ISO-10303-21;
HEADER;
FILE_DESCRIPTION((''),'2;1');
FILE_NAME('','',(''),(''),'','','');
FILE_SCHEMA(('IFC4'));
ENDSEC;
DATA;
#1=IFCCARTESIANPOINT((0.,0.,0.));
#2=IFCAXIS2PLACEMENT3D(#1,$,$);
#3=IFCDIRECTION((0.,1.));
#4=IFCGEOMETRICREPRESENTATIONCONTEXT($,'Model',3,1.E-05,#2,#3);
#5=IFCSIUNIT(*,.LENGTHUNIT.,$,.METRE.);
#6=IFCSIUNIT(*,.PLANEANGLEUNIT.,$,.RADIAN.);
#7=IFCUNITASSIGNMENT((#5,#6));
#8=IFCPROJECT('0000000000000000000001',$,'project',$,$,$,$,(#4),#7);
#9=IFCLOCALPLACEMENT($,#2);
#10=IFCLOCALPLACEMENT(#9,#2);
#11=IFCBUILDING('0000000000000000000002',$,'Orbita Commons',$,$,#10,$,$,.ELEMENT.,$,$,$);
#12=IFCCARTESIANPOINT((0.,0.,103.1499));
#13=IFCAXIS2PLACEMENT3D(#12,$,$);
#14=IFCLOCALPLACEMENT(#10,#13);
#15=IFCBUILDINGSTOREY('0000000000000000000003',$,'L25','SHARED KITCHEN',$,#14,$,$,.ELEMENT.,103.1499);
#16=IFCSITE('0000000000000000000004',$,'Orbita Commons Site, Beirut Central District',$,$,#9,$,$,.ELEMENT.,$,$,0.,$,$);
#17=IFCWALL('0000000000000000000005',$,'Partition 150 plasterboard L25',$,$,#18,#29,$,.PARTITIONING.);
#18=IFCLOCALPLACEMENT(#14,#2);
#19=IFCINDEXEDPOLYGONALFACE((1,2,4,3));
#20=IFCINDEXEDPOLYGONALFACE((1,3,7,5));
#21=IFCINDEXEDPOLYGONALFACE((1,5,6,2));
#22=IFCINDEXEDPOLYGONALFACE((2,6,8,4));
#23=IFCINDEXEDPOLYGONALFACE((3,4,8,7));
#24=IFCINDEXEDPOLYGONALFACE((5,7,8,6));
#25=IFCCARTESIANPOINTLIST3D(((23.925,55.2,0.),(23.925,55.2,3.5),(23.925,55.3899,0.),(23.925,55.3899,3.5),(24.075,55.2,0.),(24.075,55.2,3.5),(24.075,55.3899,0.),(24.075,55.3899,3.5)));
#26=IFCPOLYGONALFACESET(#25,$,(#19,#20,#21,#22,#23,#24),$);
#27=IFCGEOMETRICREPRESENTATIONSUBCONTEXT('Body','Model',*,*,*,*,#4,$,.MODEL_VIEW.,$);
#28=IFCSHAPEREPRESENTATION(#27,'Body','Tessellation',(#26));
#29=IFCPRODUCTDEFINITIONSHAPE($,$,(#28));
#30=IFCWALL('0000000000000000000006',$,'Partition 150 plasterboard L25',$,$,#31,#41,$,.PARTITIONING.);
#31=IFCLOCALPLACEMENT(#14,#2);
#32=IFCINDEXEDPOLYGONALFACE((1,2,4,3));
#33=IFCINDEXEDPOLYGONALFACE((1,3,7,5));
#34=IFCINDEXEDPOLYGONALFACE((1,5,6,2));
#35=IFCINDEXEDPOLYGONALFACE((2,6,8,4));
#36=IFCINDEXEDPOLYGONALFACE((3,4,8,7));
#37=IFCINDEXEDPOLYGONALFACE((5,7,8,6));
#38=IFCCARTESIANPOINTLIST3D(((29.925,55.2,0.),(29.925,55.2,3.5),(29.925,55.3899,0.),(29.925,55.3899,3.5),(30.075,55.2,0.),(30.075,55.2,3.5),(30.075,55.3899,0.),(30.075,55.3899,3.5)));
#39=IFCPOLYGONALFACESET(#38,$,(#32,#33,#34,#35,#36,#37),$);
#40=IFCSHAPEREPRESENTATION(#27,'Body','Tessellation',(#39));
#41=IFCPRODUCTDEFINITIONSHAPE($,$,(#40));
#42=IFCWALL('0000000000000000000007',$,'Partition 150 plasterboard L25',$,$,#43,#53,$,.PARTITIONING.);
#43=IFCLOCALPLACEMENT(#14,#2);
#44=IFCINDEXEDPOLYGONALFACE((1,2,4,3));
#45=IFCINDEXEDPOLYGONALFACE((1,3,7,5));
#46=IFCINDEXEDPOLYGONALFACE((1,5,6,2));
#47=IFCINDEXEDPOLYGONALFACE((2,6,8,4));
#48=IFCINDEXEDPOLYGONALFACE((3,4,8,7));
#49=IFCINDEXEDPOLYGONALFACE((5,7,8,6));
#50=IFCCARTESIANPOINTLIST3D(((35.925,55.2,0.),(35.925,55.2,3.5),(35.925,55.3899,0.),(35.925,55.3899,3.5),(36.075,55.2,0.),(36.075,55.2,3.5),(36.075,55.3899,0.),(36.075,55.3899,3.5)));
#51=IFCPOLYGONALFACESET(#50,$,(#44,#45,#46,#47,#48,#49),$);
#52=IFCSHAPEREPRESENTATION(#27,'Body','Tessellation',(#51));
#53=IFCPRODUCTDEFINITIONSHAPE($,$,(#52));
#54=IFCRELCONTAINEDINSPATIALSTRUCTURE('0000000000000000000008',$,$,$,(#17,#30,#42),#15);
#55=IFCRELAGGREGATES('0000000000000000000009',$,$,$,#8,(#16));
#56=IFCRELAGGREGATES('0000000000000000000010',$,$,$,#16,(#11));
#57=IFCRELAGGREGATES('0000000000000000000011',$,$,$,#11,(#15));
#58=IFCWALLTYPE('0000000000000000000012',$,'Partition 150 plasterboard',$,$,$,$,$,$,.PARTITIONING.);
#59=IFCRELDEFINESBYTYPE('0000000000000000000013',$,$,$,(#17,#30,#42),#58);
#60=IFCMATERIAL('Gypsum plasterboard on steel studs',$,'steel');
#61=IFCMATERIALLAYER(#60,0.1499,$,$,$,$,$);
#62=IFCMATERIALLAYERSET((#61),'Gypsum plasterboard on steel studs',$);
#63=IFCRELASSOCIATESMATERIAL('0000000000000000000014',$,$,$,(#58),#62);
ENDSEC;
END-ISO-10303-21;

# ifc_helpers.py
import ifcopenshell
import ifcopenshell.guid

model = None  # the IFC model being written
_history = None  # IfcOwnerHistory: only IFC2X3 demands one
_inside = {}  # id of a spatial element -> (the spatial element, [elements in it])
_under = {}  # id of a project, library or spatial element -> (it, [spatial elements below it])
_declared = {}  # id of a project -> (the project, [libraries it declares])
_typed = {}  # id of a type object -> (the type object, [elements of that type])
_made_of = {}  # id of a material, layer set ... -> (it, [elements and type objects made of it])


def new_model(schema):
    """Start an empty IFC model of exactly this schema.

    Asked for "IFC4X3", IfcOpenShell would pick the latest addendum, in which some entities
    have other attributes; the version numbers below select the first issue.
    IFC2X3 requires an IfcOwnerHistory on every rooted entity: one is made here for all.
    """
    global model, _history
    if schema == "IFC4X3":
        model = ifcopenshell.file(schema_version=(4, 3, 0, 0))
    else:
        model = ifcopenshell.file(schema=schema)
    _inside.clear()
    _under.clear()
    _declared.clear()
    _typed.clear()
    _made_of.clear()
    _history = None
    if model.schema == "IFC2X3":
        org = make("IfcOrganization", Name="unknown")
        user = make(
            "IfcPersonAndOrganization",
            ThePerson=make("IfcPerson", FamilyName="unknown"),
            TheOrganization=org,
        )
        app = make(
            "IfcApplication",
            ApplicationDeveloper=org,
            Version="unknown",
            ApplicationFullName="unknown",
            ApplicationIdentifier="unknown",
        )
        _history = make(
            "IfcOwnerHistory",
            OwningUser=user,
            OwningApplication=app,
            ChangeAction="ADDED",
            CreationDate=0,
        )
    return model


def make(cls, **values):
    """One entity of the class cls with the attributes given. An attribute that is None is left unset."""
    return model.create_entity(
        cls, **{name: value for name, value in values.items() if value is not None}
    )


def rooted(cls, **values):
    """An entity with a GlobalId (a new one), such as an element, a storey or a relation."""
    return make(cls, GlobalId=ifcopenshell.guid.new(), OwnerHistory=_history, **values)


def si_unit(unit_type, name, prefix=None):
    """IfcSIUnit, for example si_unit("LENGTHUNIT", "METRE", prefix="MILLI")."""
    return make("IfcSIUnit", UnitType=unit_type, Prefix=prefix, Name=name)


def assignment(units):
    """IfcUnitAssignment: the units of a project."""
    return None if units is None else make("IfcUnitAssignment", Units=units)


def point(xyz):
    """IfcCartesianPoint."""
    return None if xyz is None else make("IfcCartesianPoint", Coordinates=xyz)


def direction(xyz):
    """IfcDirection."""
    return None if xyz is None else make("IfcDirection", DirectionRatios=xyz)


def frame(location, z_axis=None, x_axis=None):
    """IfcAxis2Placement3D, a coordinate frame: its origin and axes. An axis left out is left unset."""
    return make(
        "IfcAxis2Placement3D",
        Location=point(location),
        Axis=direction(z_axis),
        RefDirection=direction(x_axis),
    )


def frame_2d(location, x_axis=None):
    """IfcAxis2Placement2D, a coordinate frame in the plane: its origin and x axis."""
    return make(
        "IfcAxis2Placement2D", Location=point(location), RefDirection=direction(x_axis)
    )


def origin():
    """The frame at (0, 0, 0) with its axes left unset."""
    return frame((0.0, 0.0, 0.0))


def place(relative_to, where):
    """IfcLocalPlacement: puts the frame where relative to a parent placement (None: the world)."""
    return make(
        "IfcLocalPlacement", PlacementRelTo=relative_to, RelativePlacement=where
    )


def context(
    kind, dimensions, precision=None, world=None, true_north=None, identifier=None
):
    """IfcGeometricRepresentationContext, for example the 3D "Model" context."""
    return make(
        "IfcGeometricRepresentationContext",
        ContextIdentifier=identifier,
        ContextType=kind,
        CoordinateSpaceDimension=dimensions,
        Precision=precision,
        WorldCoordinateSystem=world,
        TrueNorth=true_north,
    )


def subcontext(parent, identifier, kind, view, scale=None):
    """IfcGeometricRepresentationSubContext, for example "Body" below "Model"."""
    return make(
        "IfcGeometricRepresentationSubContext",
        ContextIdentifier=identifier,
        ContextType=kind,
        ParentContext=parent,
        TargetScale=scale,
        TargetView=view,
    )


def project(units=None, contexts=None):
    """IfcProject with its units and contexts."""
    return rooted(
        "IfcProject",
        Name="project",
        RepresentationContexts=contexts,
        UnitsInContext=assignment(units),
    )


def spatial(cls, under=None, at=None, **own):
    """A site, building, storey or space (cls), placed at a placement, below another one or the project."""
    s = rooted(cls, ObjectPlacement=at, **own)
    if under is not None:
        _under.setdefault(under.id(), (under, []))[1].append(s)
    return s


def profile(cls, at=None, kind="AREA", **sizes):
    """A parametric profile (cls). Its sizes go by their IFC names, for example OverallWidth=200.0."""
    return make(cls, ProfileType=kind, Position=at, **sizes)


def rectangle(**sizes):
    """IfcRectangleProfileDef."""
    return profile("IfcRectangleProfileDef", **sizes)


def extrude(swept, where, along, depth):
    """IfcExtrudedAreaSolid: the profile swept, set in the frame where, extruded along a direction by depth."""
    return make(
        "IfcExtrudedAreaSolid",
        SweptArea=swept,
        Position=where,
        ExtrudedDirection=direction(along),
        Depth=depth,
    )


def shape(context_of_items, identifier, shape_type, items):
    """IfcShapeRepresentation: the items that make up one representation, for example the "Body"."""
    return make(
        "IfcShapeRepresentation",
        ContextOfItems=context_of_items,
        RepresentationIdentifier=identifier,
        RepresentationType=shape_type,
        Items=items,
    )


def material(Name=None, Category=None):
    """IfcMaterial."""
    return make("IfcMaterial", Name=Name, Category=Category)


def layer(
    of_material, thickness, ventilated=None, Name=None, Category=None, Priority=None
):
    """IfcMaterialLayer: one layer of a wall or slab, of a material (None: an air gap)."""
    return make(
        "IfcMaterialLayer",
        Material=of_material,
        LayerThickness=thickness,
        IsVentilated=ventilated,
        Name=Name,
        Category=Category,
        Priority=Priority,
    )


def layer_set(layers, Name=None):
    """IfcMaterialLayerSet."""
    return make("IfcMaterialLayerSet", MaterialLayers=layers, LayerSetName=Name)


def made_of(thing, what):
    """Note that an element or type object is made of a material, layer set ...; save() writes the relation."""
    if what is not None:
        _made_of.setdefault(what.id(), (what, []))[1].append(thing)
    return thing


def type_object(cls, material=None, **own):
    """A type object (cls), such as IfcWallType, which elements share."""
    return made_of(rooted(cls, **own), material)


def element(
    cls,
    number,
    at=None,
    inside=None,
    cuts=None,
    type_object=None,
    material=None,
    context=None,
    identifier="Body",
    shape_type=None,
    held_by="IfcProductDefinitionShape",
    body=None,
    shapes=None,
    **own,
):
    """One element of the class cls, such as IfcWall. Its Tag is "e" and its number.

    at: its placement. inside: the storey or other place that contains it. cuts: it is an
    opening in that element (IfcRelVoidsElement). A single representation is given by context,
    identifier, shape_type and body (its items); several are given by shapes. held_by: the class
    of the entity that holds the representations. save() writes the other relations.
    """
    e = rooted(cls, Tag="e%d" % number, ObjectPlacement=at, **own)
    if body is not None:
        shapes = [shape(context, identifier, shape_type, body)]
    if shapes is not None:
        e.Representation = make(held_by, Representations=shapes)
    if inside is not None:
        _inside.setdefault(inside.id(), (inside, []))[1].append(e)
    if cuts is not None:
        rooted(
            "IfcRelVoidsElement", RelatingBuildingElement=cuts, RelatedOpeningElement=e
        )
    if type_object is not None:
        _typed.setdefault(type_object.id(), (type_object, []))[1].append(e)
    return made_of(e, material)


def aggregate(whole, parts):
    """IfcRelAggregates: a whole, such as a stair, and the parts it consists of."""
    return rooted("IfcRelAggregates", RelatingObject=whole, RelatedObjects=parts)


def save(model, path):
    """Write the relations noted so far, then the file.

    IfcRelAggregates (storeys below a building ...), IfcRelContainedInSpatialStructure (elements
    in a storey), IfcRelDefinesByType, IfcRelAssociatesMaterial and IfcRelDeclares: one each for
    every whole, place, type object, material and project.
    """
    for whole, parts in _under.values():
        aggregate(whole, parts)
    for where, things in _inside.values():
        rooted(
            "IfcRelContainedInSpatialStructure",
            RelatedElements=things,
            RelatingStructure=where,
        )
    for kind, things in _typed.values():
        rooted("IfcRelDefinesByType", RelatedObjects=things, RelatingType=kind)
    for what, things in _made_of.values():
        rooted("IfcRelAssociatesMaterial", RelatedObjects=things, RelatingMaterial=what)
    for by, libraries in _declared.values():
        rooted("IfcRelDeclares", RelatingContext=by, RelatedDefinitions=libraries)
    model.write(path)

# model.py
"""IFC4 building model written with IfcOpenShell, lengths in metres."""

from ifc_helpers import new_model, si_unit, direction, frame, frame_2d, origin, place, context, subcontext, project, spatial, rectangle, extrude, material, layer, layer_set, type_object, element, save


model = new_model("IFC4")

# Units and contexts
model_context = context("Model", 3, precision=1e-05, world=origin(), true_north=direction((0.0, 1.0)))
body_context = subcontext(model_context, "Body", "Model", "MODEL_VIEW")
ifc_project = project(units=[si_unit("LENGTHUNIT", "METRE"), si_unit("PLANEANGLEUNIT", "RADIAN")], contexts=[model_context])

# Site, building, storey
site_placement = place(None, origin())
site = spatial("IfcSite", under=ifc_project, at=site_placement, Name="Orbita Commons Site, Beirut Central District", CompositionType="ELEMENT", RefElevation=0.0)
building_placement = place(site_placement, origin())
building = spatial("IfcBuilding", under=site, at=building_placement, Name="Orbita Commons", CompositionType="ELEMENT")
storey_placement = place(building_placement, frame((0.0, 0.0, 103.1499)))
storey = spatial("IfcBuildingStorey", under=building, at=storey_placement, Name="L25", Description="SHARED KITCHEN", CompositionType="ELEMENT", Elevation=103.1499)

# Walls
ifc_material_1 = material(Name="Gypsum plasterboard on steel studs", Category="steel")
ifc_layer_1 = layer(ifc_material_1, 0.1499)
ifc_layer_set_1 = layer_set([ifc_layer_1], Name="Gypsum plasterboard on steel studs")
wall_type = type_object("IfcWallType", Name="Partition 150 plasterboard", PredefinedType="PARTITIONING", material=ifc_layer_set_1)
for number, where, z_axis, x_axis, name in (
    (1, (24.0, 55.2, 0.0), (0.0, 0.0, 1.0), (0.0, 1.0, 0.0), "Partition 150 plasterboard L25"),
    (2, (30.0, 55.2, 0.0), (0.0, 0.0, 1.0), (0.0, 1.0, 0.0), "Partition 150 plasterboard L25"),
    (3, (36.0, 55.2, 0.0), (0.0, 0.0, 1.0), (0.0, 1.0, 0.0), "Partition 150 plasterboard L25"),
):
    element("IfcWall", number, at=place(storey_placement, frame(where, z_axis=z_axis, x_axis=x_axis)), inside=storey, type_object=wall_type, Name=name, PredefinedType="PARTITIONING", context=body_context, shape_type="SweptSolid", body=[
        extrude(rectangle(XDim=0.1899, YDim=0.1499, at=frame_2d((0.095, 0.0))), origin(), (0.0, 0.0, 1.0), 3.5),
    ])

save(model, "model.ifc")
